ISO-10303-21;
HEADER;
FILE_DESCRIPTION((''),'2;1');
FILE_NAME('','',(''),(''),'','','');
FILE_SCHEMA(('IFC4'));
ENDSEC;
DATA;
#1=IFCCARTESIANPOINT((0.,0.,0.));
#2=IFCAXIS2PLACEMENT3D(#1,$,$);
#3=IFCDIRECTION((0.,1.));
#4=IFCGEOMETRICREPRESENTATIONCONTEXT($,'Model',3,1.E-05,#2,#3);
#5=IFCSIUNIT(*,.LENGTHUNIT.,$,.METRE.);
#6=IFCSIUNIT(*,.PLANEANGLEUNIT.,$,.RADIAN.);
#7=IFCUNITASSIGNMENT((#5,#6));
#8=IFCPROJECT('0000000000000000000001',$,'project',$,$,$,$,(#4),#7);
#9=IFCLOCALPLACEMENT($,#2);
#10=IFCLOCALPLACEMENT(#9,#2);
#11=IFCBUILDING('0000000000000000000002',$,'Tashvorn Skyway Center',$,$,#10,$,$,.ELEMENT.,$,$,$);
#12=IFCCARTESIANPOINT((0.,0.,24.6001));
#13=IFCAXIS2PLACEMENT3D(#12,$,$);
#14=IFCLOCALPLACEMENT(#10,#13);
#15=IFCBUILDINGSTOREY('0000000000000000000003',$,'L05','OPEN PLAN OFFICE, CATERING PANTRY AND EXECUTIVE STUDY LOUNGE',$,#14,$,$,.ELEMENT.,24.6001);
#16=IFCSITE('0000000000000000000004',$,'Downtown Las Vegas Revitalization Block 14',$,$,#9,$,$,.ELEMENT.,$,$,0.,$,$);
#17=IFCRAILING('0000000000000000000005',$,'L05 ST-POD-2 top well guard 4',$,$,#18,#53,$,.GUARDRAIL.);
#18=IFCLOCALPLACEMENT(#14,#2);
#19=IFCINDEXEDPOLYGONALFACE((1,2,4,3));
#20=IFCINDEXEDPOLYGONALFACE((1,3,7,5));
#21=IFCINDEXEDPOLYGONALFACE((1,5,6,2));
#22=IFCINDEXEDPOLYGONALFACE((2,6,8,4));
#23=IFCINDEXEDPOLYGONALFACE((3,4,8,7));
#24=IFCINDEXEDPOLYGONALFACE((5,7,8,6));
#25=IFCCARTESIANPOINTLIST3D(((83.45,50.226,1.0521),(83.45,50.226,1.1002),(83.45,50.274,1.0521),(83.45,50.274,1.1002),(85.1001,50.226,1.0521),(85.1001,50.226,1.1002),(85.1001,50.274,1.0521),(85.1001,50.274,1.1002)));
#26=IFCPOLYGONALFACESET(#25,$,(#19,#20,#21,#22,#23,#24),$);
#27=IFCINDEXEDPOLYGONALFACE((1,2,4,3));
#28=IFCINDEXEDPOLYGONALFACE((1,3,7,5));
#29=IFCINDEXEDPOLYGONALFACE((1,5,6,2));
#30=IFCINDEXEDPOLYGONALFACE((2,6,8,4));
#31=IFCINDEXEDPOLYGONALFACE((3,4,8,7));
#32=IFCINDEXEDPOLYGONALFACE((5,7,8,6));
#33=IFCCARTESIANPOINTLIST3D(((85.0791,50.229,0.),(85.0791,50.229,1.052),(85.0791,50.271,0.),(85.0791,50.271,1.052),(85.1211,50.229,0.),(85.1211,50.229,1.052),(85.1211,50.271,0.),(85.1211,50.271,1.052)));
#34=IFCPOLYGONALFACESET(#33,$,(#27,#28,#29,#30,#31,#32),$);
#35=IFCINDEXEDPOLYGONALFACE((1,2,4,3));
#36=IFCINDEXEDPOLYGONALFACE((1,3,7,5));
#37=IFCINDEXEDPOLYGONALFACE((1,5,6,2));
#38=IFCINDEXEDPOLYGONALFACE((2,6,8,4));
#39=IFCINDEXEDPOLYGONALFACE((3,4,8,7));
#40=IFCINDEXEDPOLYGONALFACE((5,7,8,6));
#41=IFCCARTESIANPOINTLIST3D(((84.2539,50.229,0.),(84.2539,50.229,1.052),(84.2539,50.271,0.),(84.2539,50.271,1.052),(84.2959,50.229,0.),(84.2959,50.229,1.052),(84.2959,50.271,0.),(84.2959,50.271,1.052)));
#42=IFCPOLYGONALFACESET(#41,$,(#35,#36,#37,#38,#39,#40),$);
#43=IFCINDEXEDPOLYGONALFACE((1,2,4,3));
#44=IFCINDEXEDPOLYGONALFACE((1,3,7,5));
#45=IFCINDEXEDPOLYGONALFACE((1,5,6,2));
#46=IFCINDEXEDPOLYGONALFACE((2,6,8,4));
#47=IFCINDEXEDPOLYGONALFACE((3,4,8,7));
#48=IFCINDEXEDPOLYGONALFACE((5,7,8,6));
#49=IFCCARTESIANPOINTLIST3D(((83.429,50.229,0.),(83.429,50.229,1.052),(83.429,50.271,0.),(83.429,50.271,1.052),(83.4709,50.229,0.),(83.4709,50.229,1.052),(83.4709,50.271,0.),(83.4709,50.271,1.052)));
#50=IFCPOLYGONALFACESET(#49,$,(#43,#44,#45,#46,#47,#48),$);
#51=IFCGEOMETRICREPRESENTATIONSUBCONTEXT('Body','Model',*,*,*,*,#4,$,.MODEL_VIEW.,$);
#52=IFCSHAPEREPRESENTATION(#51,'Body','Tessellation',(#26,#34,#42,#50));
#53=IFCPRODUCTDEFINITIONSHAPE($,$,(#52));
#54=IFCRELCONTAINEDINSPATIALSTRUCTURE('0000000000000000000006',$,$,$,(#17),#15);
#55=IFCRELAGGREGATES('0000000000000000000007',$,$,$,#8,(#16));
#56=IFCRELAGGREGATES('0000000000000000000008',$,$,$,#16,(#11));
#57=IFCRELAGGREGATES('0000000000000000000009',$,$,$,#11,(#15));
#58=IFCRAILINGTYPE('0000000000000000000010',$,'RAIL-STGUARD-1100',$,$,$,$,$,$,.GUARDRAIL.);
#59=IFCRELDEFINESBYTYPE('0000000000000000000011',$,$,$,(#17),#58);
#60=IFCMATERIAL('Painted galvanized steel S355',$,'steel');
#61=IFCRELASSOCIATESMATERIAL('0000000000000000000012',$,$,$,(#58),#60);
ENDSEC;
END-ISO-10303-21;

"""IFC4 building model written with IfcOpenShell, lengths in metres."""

from ifc_helpers import new_model, si_unit, direction, frame, origin, origin_2d, place, context, subcontext, project, spatial, rectangle, extrude, material, type_object, element, save


model = new_model("IFC4")

# Units and contexts
model_context = context("Model", 3, precision=1e-05, world=origin(), true_north=direction((0.0, 1.0)))
body_context = subcontext(model_context, "Body", "Model", "MODEL_VIEW")
ifc_project = project(units=[si_unit("LENGTHUNIT", "METRE"), si_unit("PLANEANGLEUNIT", "RADIAN")], contexts=[model_context])

# Site, building, storey
site_placement = place(None, origin())
site = spatial("IfcSite", under=ifc_project, at=site_placement, Name="Downtown Las Vegas Revitalization Block 14", CompositionType="ELEMENT", RefElevation=0.0)
building_placement = place(site_placement, origin())
building = spatial("IfcBuilding", under=site, at=building_placement, Name="Tashvorn Skyway Center", CompositionType="ELEMENT")
storey_placement = place(building_placement, frame((0.0, 0.0, 24.6001)))
storey = spatial("IfcBuildingStorey", under=building, at=storey_placement, Name="L05", Description="OPEN PLAN OFFICE, CATERING PANTRY AND EXECUTIVE STUDY LOUNGE", CompositionType="ELEMENT", Elevation=24.6001)

# Railing
ifc_material_1 = material(Name="Painted galvanized steel S355", Category="steel")
railing_type = type_object("IfcRailingType", Name="RAIL-STGUARD-1100", PredefinedType="GUARDRAIL", material=ifc_material_1)
railing_1_placement = place(storey_placement, frame((85.1001, 50.25, 0.0)))
element("IfcRailing", 1, at=railing_1_placement, inside=storey, type_object=railing_type, Name="L05 ST-POD-2 top well guard 4", PredefinedType="GUARDRAIL", context=body_context, shape_type="SweptSolid", body=[
    extrude(rectangle(XDim=0.0481, YDim=0.0481, at=origin_2d()), frame((0.0, 0.0, 1.0762), z_axis=(-1.0, 0.0, 0.0), x_axis=(0.0, -1.0, 0.0)), (0.0, 0.0, 1.0), 1.6501),
    extrude(rectangle(XDim=0.042, YDim=0.042, at=origin_2d()), origin(), (0.0, 0.0, 1.0), 1.052),
    extrude(rectangle(XDim=0.042, YDim=0.042, at=origin_2d()), frame((-0.8252, 0.0, 0.0)), (0.0, 0.0, 1.0), 1.052),
    extrude(rectangle(XDim=0.042, YDim=0.042, at=origin_2d()), frame((-1.6501, 0.0, 0.0)), (0.0, 0.0, 1.0), 1.052),
])

save(model, "model.ifc")
